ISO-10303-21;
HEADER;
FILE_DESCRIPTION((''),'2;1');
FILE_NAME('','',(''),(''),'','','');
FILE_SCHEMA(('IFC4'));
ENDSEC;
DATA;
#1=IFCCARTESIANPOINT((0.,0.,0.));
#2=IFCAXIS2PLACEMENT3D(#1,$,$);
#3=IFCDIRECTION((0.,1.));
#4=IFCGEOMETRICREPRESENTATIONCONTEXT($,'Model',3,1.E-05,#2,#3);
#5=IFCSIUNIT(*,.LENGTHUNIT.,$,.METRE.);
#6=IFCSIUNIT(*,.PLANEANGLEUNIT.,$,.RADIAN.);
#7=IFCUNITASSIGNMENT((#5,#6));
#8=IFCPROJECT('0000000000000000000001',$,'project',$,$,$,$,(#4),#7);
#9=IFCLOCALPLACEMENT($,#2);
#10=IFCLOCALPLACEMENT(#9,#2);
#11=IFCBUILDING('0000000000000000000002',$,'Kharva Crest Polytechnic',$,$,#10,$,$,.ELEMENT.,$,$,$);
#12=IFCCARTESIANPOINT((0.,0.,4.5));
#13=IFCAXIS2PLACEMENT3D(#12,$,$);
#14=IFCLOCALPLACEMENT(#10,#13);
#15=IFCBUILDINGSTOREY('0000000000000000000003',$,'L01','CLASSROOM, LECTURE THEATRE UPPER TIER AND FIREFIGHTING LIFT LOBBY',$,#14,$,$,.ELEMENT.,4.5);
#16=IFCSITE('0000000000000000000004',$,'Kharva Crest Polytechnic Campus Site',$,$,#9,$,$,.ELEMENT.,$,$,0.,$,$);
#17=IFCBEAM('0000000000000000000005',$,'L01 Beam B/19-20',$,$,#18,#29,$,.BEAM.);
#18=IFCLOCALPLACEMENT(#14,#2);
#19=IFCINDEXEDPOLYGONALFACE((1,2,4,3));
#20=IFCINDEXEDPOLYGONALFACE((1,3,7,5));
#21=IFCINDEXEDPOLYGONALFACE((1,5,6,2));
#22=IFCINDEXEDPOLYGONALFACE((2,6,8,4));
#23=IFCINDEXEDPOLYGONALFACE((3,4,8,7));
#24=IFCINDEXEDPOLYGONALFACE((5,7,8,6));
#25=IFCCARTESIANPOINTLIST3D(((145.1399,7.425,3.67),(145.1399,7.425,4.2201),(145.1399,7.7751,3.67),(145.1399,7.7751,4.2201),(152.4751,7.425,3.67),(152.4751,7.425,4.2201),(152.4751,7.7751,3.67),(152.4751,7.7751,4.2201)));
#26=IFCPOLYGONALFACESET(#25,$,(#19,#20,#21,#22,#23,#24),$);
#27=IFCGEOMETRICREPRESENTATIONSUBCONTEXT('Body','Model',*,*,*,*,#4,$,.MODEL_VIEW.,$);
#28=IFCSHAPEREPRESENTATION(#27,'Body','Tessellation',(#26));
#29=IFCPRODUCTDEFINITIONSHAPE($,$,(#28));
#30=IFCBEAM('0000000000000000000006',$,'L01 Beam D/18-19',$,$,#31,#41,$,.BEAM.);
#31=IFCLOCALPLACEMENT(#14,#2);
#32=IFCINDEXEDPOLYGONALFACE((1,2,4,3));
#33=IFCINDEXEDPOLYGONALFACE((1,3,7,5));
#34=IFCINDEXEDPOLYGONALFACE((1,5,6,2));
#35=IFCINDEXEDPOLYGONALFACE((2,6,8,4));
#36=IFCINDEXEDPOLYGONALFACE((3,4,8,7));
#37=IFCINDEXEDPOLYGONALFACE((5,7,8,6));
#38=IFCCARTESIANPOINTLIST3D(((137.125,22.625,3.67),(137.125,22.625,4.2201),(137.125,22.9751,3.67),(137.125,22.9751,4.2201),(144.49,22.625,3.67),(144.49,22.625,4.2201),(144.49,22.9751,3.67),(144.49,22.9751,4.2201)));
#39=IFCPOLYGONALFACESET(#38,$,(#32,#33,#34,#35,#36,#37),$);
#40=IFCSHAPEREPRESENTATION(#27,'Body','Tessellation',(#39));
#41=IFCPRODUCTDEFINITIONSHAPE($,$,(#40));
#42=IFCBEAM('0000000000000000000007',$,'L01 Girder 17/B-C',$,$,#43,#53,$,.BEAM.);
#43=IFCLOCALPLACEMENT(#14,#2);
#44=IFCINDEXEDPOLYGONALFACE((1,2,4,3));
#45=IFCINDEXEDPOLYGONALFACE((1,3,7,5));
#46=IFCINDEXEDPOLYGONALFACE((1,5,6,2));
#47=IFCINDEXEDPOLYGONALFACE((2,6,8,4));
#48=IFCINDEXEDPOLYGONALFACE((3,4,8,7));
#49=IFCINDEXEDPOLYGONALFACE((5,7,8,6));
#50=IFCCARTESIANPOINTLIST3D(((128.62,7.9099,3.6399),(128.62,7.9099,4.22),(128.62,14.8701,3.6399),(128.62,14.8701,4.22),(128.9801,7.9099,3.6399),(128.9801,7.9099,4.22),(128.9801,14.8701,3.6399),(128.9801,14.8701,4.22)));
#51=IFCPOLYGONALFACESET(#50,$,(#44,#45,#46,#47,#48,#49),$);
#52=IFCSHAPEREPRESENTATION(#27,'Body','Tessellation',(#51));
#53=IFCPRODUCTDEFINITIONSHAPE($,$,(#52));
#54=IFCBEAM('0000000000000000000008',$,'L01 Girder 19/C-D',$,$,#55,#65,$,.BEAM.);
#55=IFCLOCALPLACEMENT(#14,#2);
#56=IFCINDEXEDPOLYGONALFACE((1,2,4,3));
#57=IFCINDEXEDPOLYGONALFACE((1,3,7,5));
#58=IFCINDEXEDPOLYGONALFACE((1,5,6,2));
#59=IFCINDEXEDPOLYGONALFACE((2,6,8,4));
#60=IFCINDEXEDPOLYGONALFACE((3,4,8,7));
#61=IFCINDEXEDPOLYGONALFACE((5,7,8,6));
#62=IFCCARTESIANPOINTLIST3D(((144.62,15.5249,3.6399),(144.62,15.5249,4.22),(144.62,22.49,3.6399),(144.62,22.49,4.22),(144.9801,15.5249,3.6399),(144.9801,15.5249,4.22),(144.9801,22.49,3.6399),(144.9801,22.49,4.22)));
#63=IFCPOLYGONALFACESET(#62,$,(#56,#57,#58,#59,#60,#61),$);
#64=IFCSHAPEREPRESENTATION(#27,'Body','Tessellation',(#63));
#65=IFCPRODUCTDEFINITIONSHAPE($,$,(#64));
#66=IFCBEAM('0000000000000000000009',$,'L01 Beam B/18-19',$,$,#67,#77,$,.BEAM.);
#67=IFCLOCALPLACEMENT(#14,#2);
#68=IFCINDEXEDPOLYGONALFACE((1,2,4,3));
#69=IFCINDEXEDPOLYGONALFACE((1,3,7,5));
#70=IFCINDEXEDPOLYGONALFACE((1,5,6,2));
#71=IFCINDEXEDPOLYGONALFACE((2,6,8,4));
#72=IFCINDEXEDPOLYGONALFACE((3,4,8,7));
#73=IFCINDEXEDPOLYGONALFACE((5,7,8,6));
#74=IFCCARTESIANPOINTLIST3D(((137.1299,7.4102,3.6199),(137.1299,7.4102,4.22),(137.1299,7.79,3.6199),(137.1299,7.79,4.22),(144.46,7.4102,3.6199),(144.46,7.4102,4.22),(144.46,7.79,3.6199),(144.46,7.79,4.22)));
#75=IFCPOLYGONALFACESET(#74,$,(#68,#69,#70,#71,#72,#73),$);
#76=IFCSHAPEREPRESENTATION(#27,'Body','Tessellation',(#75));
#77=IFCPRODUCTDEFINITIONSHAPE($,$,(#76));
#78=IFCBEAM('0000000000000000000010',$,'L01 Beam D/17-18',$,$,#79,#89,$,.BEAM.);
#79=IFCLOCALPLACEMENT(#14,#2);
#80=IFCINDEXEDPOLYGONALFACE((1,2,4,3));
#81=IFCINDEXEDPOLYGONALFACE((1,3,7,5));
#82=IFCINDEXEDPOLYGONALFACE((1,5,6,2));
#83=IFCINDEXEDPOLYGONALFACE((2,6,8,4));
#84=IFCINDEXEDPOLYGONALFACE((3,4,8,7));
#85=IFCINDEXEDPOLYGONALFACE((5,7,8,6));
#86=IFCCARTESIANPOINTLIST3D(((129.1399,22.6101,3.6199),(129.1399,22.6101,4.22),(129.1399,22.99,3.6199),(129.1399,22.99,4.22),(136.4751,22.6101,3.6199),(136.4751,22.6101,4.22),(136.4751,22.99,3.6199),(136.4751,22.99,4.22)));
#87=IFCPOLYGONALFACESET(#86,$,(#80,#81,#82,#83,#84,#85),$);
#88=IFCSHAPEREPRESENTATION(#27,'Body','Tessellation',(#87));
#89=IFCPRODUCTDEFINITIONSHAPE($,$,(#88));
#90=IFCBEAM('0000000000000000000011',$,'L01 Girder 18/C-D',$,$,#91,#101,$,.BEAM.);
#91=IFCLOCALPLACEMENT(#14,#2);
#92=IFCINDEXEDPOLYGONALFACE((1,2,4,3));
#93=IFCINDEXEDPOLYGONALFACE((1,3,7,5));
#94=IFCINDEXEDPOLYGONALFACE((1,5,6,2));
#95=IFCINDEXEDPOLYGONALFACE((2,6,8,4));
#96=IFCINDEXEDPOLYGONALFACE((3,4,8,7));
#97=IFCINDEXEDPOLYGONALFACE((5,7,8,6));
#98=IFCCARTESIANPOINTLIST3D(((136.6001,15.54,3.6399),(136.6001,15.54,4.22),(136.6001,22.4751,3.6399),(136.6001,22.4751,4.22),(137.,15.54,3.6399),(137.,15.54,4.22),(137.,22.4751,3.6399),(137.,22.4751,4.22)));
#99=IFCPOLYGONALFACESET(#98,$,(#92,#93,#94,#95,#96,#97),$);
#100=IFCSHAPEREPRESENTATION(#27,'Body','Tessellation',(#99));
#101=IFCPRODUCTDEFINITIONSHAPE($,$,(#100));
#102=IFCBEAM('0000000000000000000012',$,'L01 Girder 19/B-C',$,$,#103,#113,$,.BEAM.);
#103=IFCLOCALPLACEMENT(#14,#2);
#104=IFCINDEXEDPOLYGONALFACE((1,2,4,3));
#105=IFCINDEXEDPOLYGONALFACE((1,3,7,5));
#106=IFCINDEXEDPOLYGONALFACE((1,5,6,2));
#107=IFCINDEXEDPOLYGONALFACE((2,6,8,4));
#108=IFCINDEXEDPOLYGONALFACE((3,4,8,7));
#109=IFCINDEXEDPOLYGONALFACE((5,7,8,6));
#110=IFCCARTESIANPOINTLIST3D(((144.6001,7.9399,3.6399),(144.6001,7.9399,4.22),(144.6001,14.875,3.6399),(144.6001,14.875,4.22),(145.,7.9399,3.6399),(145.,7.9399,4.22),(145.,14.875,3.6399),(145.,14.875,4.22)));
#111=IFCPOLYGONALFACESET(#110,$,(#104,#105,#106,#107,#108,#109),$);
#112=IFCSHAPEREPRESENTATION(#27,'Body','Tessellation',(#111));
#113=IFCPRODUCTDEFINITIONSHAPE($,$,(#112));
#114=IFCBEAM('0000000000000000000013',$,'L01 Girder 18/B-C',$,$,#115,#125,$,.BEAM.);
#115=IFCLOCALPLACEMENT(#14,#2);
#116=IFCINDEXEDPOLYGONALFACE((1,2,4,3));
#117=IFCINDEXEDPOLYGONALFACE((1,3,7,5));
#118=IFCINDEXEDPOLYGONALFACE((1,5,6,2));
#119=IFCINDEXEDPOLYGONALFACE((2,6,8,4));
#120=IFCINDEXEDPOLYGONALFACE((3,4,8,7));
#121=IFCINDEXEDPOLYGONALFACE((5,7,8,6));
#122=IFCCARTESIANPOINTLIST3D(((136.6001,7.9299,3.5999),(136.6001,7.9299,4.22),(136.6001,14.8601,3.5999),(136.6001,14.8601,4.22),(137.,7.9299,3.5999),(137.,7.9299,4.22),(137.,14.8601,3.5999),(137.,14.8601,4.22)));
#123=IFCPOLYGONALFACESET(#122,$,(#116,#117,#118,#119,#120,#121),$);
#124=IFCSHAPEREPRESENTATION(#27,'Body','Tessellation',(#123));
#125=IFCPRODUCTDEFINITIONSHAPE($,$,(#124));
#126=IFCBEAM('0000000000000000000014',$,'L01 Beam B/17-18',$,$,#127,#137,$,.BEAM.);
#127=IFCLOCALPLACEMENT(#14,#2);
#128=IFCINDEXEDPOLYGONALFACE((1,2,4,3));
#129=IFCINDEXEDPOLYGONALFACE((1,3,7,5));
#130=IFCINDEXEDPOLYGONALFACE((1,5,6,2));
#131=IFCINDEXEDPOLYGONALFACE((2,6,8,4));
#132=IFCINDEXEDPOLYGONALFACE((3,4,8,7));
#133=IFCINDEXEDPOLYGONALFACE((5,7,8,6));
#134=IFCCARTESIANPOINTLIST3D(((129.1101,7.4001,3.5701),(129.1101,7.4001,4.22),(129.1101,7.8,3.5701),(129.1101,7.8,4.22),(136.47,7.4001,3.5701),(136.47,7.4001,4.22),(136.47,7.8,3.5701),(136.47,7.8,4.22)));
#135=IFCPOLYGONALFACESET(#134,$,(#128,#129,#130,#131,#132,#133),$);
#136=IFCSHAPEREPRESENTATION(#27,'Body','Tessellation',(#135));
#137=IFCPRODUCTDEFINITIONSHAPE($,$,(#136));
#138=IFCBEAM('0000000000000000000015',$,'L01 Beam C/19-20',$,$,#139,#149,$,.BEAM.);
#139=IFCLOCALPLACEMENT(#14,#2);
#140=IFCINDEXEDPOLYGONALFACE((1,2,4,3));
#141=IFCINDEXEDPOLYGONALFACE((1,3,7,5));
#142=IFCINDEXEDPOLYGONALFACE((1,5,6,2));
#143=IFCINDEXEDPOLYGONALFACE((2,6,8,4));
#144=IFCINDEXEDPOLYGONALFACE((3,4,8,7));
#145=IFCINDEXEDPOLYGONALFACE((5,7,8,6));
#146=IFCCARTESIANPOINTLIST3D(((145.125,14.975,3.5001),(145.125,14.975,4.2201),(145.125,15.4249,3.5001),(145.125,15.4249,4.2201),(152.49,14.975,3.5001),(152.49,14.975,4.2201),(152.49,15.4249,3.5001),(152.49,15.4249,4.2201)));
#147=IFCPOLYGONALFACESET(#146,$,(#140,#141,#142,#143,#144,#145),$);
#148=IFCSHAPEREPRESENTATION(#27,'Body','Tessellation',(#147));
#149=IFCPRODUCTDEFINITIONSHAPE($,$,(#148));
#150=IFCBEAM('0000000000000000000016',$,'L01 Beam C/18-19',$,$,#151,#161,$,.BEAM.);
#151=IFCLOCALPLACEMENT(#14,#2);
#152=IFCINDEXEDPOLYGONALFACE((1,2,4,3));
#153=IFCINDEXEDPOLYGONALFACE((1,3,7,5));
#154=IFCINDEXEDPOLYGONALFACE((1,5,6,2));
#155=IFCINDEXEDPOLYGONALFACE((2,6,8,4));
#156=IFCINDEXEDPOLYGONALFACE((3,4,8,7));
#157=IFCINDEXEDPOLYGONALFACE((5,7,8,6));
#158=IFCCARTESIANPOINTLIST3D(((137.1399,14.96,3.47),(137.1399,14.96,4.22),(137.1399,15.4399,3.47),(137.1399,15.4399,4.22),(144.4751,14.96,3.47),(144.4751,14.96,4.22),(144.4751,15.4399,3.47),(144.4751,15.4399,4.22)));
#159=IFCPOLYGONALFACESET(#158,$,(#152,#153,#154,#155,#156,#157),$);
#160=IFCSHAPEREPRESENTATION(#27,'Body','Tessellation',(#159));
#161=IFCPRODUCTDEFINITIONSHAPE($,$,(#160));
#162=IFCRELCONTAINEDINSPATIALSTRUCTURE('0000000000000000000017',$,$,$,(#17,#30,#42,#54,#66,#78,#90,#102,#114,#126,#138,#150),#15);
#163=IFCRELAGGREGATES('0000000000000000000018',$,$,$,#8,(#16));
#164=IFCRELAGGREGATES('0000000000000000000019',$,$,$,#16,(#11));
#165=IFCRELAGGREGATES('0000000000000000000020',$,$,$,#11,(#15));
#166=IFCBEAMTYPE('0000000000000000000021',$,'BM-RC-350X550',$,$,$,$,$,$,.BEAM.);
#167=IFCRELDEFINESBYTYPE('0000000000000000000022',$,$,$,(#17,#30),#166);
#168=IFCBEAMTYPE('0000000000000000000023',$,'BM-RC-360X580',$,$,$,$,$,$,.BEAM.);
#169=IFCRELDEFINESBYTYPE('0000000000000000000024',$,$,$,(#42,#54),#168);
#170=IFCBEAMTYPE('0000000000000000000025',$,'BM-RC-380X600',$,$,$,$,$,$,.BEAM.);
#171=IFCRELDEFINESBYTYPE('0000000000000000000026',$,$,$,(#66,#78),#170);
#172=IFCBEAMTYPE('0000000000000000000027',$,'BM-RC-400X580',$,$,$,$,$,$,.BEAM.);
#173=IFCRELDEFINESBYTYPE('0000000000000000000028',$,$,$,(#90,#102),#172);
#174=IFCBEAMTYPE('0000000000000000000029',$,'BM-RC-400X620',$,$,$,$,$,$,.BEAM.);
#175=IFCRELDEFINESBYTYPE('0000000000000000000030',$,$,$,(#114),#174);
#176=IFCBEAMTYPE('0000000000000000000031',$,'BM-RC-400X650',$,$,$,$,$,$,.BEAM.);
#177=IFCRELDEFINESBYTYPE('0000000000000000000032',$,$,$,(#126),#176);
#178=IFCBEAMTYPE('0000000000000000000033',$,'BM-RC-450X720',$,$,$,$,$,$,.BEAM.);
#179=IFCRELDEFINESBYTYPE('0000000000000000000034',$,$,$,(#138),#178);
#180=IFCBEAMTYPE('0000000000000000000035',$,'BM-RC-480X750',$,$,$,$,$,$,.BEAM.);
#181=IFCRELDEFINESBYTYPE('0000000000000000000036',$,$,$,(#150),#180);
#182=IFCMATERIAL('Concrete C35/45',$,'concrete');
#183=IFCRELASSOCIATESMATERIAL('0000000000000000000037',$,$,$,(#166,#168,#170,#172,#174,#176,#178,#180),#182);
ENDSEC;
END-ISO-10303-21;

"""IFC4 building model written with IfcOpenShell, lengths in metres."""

from ifc_helpers import new_model, si_unit, direction, frame, origin, origin_2d, place, context, subcontext, project, spatial, rectangle, extrude, material, material_profile, profile_set, type_object, element, save


model = new_model("IFC4")

# Units and contexts
model_context = context("Model", 3, precision=1e-05, world=origin(), true_north=direction((0.0, 1.0)))
body_context = subcontext(model_context, "Body", "Model", "MODEL_VIEW")
ifc_project = project(units=[si_unit("LENGTHUNIT", "METRE"), si_unit("PLANEANGLEUNIT", "RADIAN")], contexts=[model_context])

# Site, building, storey
site_placement = place(None, origin())
site = spatial("IfcSite", under=ifc_project, at=site_placement, Name="Kharva Crest Polytechnic Campus Site", CompositionType="ELEMENT", RefElevation=0.0)
building_placement = place(site_placement, origin())
building = spatial("IfcBuilding", under=site, at=building_placement, Name="Kharva Crest Polytechnic", CompositionType="ELEMENT")
storey_placement = place(building_placement, frame((0.0, 0.0, 4.5)))
storey = spatial("IfcBuildingStorey", under=building, at=storey_placement, Name="L01", Description="CLASSROOM, LECTURE THEATRE UPPER TIER AND FIREFIGHTING LIFT LOBBY", CompositionType="ELEMENT", Elevation=4.5)

# Beams
ifc_material_1 = material(Name="Concrete C35/45", Category="concrete")
ifc_material_profile_1 = material_profile(ifc_material_1, rectangle(XDim=0.3501, YDim=0.55, at=origin_2d()), Name="RECT 350 X 550")
ifc_profile_set_1 = profile_set([ifc_material_profile_1], Name="Concrete C35/45")
beam_type_1 = type_object("IfcBeamType", Name="BM-RC-350X550", PredefinedType="BEAM", material=ifc_profile_set_1)
beam_1_placement = place(storey_placement, frame((145.1399, 7.6001, 3.9451), z_axis=(1.0, 0.0, 0.0), x_axis=(0.0, 1.0, 0.0)))
element("IfcBeam", 1, at=beam_1_placement, inside=storey, type_object=beam_type_1, Name="L01 Beam B/19-20", PredefinedType="BEAM", context=body_context, shape_type="SweptSolid", body=[
    extrude(rectangle(XDim=0.3501, YDim=0.55, at=origin_2d()), origin(), (0.0, 0.0, 1.0), 7.3352),
])
beam_2_placement = place(storey_placement, frame((137.125, 22.8, 3.9451), z_axis=(1.0, 0.0, 0.0), x_axis=(0.0, 1.0, 0.0)))
element("IfcBeam", 2, at=beam_2_placement, inside=storey, type_object=beam_type_1, Name="L01 Beam D/18-19", PredefinedType="BEAM", context=body_context, shape_type="SweptSolid", body=[
    extrude(rectangle(XDim=0.3501, YDim=0.55, at=origin_2d()), origin(), (0.0, 0.0, 1.0), 7.365),
])
ifc_material_profile_2 = material_profile(ifc_material_1, rectangle(XDim=0.3601, YDim=0.5801, at=origin_2d()), Name="RECT 360 X 580")
ifc_profile_set_2 = profile_set([ifc_material_profile_2], Name="Concrete C35/45")
beam_type_2 = type_object("IfcBeamType", Name="BM-RC-360X580", PredefinedType="BEAM", material=ifc_profile_set_2)
beam_3_placement = place(storey_placement, frame((128.8, 7.9099, 3.9299), z_axis=(0.0, 1.0, 0.0), x_axis=(-1.0, 0.0, 0.0)))
element("IfcBeam", 3, at=beam_3_placement, inside=storey, type_object=beam_type_2, Name="L01 Girder 17/B-C", PredefinedType="BEAM", context=body_context, shape_type="SweptSolid", body=[
    extrude(rectangle(XDim=0.3601, YDim=0.5801, at=origin_2d()), origin(), (0.0, 0.0, 1.0), 6.9602),
])
beam_4_placement = place(storey_placement, frame((144.8, 15.5249, 3.9299), z_axis=(0.0, 1.0, 0.0), x_axis=(-1.0, 0.0, 0.0)))
element("IfcBeam", 4, at=beam_4_placement, inside=storey, type_object=beam_type_2, Name="L01 Girder 19/C-D", PredefinedType="BEAM", context=body_context, shape_type="SweptSolid", body=[
    extrude(rectangle(XDim=0.3601, YDim=0.5801, at=origin_2d()), origin(), (0.0, 0.0, 1.0), 6.9651),
])
ifc_material_profile_3 = material_profile(ifc_material_1, rectangle(XDim=0.3799, YDim=0.6001, at=origin_2d()), Name="RECT 380 X 600")
ifc_profile_set_3 = profile_set([ifc_material_profile_3], Name="Concrete C35/45")
beam_type_3 = type_object("IfcBeamType", Name="BM-RC-380X600", PredefinedType="BEAM", material=ifc_profile_set_3)
beam_5_placement = place(storey_placement, frame((137.1299, 7.6001, 3.9199), z_axis=(1.0, 0.0, 0.0), x_axis=(0.0, 1.0, 0.0)))
element("IfcBeam", 5, at=beam_5_placement, inside=storey, type_object=beam_type_3, Name="L01 Beam B/18-19", PredefinedType="BEAM", context=body_context, shape_type="SweptSolid", body=[
    extrude(rectangle(XDim=0.3799, YDim=0.6001, at=origin_2d()), origin(), (0.0, 0.0, 1.0), 7.3301),
])
beam_6_placement = place(storey_placement, frame((129.1399, 22.8, 3.9199), z_axis=(1.0, 0.0, 0.0), x_axis=(0.0, 1.0, 0.0)))
element("IfcBeam", 6, at=beam_6_placement, inside=storey, type_object=beam_type_3, Name="L01 Beam D/17-18", PredefinedType="BEAM", context=body_context, shape_type="SweptSolid", body=[
    extrude(rectangle(XDim=0.3799, YDim=0.6001, at=origin_2d()), origin(), (0.0, 0.0, 1.0), 7.3352),
])
ifc_material_profile_4 = material_profile(ifc_material_1, rectangle(XDim=0.3999, YDim=0.5801, at=origin_2d()), Name="RECT 400 X 580")
ifc_profile_set_4 = profile_set([ifc_material_profile_4], Name="Concrete C35/45")
beam_type_4 = type_object("IfcBeamType", Name="BM-RC-400X580", PredefinedType="BEAM", material=ifc_profile_set_4)
for number, where, z_axis, x_axis, name in (
    (7, (136.8, 15.54, 3.9299), (0.0, 1.0, 0.0), (-1.0, 0.0, 0.0), "L01 Girder 18/C-D"),
    (8, (144.8, 7.9399, 3.9299), (0.0, 1.0, 0.0), (-1.0, 0.0, 0.0), "L01 Girder 19/B-C"),
):
    element("IfcBeam", number, at=place(storey_placement, frame(where, z_axis=z_axis, x_axis=x_axis)), inside=storey, type_object=beam_type_4, Name=name, PredefinedType="BEAM", context=body_context, shape_type="SweptSolid", body=[
        extrude(rectangle(XDim=0.3999, YDim=0.5801, at=origin_2d()), origin(), (0.0, 0.0, 1.0), 6.9351),
    ])
ifc_material_profile_5 = material_profile(ifc_material_1, rectangle(XDim=0.3999, YDim=0.6201, at=origin_2d()), Name="RECT 400 X 620")
ifc_profile_set_5 = profile_set([ifc_material_profile_5], Name="Concrete C35/45")
beam_type_5 = type_object("IfcBeamType", Name="BM-RC-400X620", PredefinedType="BEAM", material=ifc_profile_set_5)
beam_7_placement = place(storey_placement, frame((136.8, 7.9299, 3.9099), z_axis=(0.0, 1.0, 0.0), x_axis=(-1.0, 0.0, 0.0)))
element("IfcBeam", 9, at=beam_7_placement, inside=storey, type_object=beam_type_5, Name="L01 Girder 18/B-C", PredefinedType="BEAM", context=body_context, shape_type="SweptSolid", body=[
    extrude(rectangle(XDim=0.3999, YDim=0.6201, at=origin_2d()), origin(), (0.0, 0.0, 1.0), 6.9302),
])
ifc_material_profile_6 = material_profile(ifc_material_1, rectangle(XDim=0.3999, YDim=0.6499, at=origin_2d()), Name="RECT 400 X 650")
ifc_profile_set_6 = profile_set([ifc_material_profile_6], Name="Concrete C35/45")
beam_type_6 = type_object("IfcBeamType", Name="BM-RC-400X650", PredefinedType="BEAM", material=ifc_profile_set_6)
beam_8_placement = place(storey_placement, frame((129.1101, 7.6001, 3.895), z_axis=(1.0, 0.0, 0.0), x_axis=(0.0, 1.0, 0.0)))
element("IfcBeam", 10, at=beam_8_placement, inside=storey, type_object=beam_type_6, Name="L01 Beam B/17-18", PredefinedType="BEAM", context=body_context, shape_type="SweptSolid", body=[
    extrude(rectangle(XDim=0.3999, YDim=0.6499, at=origin_2d()), origin(), (0.0, 0.0, 1.0), 7.3599),
])
ifc_material_profile_7 = material_profile(ifc_material_1, rectangle(XDim=0.45, YDim=0.72, at=origin_2d()), Name="RECT 450 X 720")
ifc_profile_set_7 = profile_set([ifc_material_profile_7], Name="Concrete C35/45")
beam_type_7 = type_object("IfcBeamType", Name="BM-RC-450X720", PredefinedType="BEAM", material=ifc_profile_set_7)
beam_9_placement = place(storey_placement, frame((145.125, 15.2, 3.8601), z_axis=(1.0, 0.0, 0.0), x_axis=(0.0, 1.0, 0.0)))
element("IfcBeam", 11, at=beam_9_placement, inside=storey, type_object=beam_type_7, Name="L01 Beam C/19-20", PredefinedType="BEAM", context=body_context, shape_type="SweptSolid", body=[
    extrude(rectangle(XDim=0.45, YDim=0.72, at=origin_2d()), origin(), (0.0, 0.0, 1.0), 7.365),
])
ifc_material_profile_8 = material_profile(ifc_material_1, rectangle(XDim=0.48, YDim=0.75, at=origin_2d()), Name="RECT 480 X 750")
ifc_profile_set_8 = profile_set([ifc_material_profile_8], Name="Concrete C35/45")
beam_type_8 = type_object("IfcBeamType", Name="BM-RC-480X750", PredefinedType="BEAM", material=ifc_profile_set_8)
beam_10_placement = place(storey_placement, frame((137.1399, 15.2, 3.845), z_axis=(1.0, 0.0, 0.0), x_axis=(0.0, 1.0, 0.0)))
element("IfcBeam", 12, at=beam_10_placement, inside=storey, type_object=beam_type_8, Name="L01 Beam C/18-19", PredefinedType="BEAM", context=body_context, shape_type="SweptSolid", body=[
    extrude(rectangle(XDim=0.48, YDim=0.75, at=origin_2d()), origin(), (0.0, 0.0, 1.0), 7.3352),
])

save(model, "model.ifc")
